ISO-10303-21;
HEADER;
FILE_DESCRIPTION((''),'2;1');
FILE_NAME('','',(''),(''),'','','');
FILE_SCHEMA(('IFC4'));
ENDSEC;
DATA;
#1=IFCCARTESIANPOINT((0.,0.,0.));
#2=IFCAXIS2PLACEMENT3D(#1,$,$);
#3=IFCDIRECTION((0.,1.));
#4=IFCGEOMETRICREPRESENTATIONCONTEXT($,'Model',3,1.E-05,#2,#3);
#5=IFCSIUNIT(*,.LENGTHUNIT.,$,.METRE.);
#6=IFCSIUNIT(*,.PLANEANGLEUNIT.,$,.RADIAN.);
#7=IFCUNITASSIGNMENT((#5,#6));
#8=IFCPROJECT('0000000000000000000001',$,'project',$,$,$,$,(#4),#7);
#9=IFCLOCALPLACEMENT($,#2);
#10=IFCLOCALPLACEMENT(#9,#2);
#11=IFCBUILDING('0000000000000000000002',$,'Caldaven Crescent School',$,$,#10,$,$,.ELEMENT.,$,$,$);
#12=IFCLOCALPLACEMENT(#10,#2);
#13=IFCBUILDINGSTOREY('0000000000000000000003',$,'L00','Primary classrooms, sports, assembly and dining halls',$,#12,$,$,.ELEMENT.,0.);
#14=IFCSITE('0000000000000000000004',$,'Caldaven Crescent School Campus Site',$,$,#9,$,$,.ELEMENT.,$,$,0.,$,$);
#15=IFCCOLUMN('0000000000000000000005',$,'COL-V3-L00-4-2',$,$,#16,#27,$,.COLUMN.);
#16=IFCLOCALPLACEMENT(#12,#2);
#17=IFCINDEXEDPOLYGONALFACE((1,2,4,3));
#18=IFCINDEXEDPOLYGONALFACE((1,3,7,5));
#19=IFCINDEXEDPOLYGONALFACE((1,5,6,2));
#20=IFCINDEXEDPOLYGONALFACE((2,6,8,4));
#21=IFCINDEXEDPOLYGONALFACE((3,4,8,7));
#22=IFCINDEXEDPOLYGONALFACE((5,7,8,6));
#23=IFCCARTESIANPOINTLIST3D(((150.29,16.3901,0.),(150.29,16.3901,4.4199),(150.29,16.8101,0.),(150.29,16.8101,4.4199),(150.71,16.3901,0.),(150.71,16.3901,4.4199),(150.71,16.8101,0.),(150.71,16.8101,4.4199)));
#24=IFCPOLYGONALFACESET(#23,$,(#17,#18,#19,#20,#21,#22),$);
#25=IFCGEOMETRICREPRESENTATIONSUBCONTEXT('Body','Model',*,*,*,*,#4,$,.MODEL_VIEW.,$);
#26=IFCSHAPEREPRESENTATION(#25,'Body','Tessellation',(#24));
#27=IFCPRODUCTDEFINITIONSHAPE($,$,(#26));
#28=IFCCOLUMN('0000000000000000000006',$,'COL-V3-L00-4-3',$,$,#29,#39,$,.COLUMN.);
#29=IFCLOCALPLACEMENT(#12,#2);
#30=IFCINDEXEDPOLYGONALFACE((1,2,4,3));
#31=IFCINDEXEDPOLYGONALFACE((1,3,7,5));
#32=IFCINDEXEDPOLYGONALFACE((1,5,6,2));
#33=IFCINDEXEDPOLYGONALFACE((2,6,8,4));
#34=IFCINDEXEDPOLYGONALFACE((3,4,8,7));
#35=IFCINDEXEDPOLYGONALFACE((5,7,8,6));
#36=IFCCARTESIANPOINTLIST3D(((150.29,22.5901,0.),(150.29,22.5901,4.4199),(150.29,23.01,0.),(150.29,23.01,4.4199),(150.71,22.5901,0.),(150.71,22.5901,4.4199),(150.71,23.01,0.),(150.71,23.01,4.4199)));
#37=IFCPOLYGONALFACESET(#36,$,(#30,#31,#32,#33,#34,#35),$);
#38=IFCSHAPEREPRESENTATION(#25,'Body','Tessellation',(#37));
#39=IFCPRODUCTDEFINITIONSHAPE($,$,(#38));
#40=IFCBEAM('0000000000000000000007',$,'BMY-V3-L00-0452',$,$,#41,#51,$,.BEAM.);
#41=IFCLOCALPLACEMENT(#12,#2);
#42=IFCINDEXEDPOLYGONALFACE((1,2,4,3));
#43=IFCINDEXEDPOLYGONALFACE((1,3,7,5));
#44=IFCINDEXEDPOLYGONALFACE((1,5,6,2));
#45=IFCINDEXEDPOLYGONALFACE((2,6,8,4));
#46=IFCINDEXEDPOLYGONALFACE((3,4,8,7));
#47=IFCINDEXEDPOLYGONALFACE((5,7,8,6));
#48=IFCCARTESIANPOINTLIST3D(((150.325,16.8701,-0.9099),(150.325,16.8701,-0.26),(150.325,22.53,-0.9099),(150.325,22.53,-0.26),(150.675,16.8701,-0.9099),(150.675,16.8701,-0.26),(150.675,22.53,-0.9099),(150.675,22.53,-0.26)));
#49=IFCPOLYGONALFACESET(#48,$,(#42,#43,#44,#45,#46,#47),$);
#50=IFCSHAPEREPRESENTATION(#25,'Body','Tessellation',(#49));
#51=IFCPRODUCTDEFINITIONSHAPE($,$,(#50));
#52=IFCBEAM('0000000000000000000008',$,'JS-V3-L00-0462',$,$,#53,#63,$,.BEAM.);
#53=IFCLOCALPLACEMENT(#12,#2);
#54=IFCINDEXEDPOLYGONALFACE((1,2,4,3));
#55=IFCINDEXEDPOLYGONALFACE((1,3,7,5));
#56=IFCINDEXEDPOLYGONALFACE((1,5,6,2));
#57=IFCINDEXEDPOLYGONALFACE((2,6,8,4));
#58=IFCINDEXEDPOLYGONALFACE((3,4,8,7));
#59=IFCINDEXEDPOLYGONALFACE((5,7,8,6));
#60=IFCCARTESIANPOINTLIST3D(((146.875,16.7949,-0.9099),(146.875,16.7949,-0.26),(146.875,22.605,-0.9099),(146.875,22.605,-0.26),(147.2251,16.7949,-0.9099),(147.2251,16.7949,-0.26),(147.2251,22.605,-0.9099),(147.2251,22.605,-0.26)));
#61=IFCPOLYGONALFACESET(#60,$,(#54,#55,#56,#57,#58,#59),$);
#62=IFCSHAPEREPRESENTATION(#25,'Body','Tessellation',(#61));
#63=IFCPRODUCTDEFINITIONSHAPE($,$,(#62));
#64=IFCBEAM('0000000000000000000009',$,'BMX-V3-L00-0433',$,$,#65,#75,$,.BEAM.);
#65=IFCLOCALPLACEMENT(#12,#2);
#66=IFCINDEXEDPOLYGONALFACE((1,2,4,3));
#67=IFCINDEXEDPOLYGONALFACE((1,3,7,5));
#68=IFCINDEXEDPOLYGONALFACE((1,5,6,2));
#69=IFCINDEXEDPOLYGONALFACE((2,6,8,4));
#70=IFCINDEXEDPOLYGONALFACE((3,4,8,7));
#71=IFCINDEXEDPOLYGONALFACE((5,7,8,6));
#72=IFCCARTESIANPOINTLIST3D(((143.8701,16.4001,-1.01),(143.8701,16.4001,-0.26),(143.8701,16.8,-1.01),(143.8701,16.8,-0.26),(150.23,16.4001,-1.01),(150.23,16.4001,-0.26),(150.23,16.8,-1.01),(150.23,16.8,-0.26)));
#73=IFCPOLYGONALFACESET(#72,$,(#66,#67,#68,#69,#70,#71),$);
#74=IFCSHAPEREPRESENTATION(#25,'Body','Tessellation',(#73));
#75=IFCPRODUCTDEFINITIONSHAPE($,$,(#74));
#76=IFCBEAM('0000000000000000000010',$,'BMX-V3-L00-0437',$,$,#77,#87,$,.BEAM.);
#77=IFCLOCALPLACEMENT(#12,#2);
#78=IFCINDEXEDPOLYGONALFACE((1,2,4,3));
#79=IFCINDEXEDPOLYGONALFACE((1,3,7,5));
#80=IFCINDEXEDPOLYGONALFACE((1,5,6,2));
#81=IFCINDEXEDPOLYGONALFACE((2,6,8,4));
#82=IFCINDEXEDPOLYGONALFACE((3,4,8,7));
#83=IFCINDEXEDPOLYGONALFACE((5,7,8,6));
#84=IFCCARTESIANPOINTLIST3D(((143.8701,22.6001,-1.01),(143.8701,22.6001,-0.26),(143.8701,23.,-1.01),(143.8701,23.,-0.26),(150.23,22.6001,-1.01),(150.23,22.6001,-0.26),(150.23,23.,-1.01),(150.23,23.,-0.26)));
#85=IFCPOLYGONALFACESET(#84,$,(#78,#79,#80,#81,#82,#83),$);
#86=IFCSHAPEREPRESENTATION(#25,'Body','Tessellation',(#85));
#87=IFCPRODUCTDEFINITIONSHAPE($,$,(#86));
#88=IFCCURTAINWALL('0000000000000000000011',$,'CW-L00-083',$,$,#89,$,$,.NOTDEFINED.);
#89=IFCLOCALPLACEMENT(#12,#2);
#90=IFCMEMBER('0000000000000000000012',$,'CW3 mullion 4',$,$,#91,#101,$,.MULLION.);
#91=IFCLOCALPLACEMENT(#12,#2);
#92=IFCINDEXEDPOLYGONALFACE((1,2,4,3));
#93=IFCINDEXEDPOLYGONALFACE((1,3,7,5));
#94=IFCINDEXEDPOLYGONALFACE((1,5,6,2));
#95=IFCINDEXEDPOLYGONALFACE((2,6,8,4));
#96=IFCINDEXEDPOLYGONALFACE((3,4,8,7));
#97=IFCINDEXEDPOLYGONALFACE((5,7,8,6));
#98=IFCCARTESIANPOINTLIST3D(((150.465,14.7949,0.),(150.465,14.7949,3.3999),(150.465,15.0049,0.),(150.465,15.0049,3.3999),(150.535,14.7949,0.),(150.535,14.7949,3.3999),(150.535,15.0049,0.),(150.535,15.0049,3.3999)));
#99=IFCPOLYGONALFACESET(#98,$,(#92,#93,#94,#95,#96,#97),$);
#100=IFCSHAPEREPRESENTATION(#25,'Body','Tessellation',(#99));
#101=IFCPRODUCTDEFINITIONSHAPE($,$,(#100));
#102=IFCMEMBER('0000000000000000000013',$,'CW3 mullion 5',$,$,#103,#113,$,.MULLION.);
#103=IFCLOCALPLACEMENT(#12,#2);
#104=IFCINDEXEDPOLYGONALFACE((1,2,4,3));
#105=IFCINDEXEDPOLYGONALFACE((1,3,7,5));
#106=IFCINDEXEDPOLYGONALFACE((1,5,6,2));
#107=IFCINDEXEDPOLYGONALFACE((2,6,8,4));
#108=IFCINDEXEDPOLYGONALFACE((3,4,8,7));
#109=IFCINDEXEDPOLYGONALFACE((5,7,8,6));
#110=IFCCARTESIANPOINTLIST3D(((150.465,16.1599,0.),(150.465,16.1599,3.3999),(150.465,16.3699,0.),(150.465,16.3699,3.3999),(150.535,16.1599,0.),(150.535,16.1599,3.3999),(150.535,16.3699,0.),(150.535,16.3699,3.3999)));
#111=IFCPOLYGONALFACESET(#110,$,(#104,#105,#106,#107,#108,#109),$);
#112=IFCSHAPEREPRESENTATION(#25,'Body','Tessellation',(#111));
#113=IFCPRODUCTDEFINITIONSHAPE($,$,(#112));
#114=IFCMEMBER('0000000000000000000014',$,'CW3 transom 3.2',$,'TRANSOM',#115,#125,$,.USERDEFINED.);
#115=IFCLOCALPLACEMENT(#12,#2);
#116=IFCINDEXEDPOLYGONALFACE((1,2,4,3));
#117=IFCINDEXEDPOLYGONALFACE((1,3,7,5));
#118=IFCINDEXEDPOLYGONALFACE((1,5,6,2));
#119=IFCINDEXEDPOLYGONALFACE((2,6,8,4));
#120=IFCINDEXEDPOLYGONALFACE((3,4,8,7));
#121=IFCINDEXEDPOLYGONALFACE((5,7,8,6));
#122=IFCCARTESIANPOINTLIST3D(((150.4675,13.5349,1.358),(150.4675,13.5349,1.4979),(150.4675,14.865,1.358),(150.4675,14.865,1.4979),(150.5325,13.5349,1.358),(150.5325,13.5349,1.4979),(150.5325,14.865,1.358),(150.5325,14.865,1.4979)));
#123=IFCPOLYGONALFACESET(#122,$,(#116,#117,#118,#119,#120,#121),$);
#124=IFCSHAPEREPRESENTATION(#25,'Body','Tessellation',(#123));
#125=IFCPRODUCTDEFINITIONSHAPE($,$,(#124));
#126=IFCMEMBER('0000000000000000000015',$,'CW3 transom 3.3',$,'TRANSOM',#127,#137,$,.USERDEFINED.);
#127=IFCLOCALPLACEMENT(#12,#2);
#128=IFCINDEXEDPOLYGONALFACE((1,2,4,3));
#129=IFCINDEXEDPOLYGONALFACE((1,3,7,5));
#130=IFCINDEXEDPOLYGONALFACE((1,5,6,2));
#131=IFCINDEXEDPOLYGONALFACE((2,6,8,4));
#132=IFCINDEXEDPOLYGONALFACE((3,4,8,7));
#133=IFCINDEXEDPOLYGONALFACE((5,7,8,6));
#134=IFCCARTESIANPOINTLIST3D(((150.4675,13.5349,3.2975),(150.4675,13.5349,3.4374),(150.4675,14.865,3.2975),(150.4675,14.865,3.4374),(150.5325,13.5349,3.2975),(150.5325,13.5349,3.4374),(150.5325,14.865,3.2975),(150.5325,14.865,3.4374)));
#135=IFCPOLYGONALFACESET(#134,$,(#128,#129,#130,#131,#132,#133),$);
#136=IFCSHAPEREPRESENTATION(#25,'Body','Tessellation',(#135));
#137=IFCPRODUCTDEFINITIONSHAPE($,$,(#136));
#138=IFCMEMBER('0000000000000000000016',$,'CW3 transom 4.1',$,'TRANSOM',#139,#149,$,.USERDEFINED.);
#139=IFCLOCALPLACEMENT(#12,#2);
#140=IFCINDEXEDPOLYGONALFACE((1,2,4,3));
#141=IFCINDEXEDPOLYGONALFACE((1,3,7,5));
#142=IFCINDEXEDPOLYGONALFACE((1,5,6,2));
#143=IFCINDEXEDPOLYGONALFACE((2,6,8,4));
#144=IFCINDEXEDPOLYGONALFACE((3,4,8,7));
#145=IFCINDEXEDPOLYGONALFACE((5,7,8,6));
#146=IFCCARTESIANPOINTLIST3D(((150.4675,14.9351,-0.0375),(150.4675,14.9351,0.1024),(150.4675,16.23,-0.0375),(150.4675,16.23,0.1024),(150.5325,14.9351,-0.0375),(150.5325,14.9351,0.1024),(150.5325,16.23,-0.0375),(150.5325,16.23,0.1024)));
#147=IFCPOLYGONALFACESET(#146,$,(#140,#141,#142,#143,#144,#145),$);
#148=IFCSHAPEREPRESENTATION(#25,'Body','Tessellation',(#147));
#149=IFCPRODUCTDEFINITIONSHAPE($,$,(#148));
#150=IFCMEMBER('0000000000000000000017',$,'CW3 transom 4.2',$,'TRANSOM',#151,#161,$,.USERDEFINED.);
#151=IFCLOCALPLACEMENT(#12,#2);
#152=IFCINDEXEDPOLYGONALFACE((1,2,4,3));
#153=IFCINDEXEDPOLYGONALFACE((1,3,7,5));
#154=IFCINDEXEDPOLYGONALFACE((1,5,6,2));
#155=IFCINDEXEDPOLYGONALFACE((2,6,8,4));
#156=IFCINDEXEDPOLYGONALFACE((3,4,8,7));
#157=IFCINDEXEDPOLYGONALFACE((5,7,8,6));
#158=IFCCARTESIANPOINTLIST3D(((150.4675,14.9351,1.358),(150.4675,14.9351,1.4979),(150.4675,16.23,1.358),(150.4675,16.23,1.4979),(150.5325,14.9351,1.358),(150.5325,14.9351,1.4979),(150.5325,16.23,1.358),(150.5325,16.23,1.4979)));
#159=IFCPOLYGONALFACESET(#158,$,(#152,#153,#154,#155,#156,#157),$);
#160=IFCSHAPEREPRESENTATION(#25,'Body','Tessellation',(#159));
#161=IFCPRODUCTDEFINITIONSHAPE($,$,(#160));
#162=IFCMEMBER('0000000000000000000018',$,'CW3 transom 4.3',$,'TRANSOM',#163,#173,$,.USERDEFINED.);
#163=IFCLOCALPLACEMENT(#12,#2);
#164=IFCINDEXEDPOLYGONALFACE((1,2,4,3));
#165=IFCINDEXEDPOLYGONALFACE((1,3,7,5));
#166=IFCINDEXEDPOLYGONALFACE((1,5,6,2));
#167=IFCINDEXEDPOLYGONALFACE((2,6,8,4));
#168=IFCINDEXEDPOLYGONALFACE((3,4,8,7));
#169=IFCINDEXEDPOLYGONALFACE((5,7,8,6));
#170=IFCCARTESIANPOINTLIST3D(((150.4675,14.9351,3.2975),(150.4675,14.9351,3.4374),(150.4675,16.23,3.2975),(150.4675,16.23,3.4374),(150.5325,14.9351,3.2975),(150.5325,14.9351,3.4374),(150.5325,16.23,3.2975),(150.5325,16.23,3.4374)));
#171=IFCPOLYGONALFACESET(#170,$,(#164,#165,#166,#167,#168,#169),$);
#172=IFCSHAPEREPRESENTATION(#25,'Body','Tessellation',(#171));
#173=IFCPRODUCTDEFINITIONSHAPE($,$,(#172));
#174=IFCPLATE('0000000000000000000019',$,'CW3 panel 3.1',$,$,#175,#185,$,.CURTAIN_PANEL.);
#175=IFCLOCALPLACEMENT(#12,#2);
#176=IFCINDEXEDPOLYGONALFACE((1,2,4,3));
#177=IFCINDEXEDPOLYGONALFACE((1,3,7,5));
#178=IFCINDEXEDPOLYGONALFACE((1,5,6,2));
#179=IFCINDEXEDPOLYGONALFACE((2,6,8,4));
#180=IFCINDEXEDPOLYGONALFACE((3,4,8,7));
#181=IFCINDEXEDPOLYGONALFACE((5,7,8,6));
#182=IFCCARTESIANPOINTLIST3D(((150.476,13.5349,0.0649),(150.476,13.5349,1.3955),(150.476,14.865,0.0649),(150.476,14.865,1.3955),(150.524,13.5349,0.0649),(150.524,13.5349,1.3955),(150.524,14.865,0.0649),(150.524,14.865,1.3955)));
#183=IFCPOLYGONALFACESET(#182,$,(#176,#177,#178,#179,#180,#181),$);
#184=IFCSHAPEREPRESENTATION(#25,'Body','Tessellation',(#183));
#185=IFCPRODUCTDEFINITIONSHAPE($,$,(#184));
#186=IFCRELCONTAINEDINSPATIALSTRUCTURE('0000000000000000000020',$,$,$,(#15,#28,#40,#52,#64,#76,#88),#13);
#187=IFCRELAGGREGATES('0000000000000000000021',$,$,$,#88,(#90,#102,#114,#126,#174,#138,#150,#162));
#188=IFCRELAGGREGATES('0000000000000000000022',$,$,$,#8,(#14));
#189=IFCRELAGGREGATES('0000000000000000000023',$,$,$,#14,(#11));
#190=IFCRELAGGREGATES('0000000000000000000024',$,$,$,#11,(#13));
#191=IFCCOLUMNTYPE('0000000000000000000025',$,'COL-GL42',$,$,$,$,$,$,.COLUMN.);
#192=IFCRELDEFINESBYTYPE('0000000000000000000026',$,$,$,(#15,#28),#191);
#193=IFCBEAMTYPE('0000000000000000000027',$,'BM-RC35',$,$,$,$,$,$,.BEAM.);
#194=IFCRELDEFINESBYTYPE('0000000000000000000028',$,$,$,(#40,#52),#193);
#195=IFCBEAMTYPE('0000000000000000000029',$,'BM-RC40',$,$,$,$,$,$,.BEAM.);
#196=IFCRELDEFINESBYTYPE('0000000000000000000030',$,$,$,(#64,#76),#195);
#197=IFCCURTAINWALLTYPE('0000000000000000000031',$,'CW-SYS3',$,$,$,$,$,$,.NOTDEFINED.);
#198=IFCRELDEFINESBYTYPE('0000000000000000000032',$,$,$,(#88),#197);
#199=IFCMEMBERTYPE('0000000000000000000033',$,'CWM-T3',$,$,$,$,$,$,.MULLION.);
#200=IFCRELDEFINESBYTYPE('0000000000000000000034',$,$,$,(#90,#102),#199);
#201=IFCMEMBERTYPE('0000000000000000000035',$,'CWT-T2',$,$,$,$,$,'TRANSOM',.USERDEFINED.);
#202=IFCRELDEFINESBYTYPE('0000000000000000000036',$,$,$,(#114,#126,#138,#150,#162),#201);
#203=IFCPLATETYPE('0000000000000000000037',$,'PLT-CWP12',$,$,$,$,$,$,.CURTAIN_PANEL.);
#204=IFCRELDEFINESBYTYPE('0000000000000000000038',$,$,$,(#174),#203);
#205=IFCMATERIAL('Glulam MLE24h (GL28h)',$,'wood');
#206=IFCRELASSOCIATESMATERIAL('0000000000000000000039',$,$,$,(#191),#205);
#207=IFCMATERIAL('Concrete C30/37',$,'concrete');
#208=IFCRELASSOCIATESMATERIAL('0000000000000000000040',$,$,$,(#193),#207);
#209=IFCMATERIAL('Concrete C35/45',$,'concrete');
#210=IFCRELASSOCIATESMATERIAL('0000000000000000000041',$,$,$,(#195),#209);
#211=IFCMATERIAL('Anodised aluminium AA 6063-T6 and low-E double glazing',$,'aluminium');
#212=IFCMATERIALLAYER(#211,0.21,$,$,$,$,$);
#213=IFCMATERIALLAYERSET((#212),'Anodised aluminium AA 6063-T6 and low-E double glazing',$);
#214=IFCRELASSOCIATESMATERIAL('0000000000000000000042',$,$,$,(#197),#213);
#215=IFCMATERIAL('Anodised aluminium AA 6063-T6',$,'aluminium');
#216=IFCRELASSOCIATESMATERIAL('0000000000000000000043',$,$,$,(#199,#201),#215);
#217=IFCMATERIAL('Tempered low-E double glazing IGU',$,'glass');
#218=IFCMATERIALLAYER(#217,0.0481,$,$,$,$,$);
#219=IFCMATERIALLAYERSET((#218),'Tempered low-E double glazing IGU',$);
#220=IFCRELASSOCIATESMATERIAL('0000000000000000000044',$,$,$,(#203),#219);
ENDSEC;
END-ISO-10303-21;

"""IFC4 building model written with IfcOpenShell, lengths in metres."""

from ifc_helpers import new_model, si_unit, direction, frame, origin, origin_2d, place, context, subcontext, project, spatial, rectangle, extrude, material, layer, layer_set, material_profile, profile_set, type_object, element, aggregate, save


model = new_model("IFC4")

# Units and contexts
model_context = context("Model", 3, precision=1e-05, world=origin(), true_north=direction((0.0, 1.0)))
body_context = subcontext(model_context, "Body", "Model", "MODEL_VIEW")
ifc_project = project(units=[si_unit("LENGTHUNIT", "METRE"), si_unit("PLANEANGLEUNIT", "RADIAN")], contexts=[model_context])

# Site, building, storey
site_placement = place(None, origin())
site = spatial("IfcSite", under=ifc_project, at=site_placement, Name="Caldaven Crescent School Campus Site", CompositionType="ELEMENT", RefElevation=0.0)
building_placement = place(site_placement, origin())
building = spatial("IfcBuilding", under=site, at=building_placement, Name="Caldaven Crescent School", CompositionType="ELEMENT")
storey_placement = place(building_placement, origin())
storey = spatial("IfcBuildingStorey", under=building, at=storey_placement, Name="L00", Description="Primary classrooms, sports, assembly and dining halls", CompositionType="ELEMENT", Elevation=0.0)

# Columns
ifc_material_1 = material(Name="Glulam MLE24h (GL28h)", Category="wood")
ifc_material_profile_1 = material_profile(ifc_material_1, rectangle(XDim=0.4199, YDim=0.4199, at=origin_2d()), Name="MLE 420x420")
ifc_profile_set_1 = profile_set([ifc_material_profile_1], Name="Glulam MLE24h (GL28h)")
column_type = type_object("IfcColumnType", Name="COL-GL42", PredefinedType="COLUMN", material=ifc_profile_set_1)
for number, where, z_axis, x_axis, name in (
    (1, (150.5, 16.6001, 0.0), (0.0, 0.0, 1.0), (1.0, 0.0, 0.0), "COL-V3-L00-4-2"),
    (2, (150.5, 22.8, 0.0), (0.0, 0.0, 1.0), (1.0, 0.0, 0.0), "COL-V3-L00-4-3"),
):
    element("IfcColumn", number, at=place(storey_placement, frame(where, z_axis=z_axis, x_axis=x_axis)), inside=storey, type_object=column_type, Name=name, PredefinedType="COLUMN", context=body_context, shape_type="SweptSolid", body=[
        extrude(rectangle(XDim=0.4199, YDim=0.4199, at=origin_2d()), origin(), (0.0, 0.0, 1.0), 4.4199),
    ])

# Beams
ifc_material_2 = material(Name="Concrete C30/37", Category="concrete")
ifc_material_profile_2 = material_profile(ifc_material_2, rectangle(XDim=0.3501, YDim=0.6499, at=origin_2d()), Name="RC 350x650")
ifc_profile_set_2 = profile_set([ifc_material_profile_2], Name="Concrete C30/37")
beam_type_1 = type_object("IfcBeamType", Name="BM-RC35", PredefinedType="BEAM", material=ifc_profile_set_2)
beam_1_placement = place(storey_placement, frame((150.5, 16.8701, -0.585), z_axis=(0.0, 1.0, 0.0), x_axis=(-1.0, 0.0, 0.0)))
element("IfcBeam", 3, at=beam_1_placement, inside=storey, type_object=beam_type_1, Name="BMY-V3-L00-0452", PredefinedType="BEAM", context=body_context, shape_type="SweptSolid", body=[
    extrude(rectangle(XDim=0.3501, YDim=0.6499, at=origin_2d()), origin(), (0.0, 0.0, 1.0), 5.6599),
])
beam_2_placement = place(storey_placement, frame((147.05, 16.7949, -0.585), z_axis=(0.0, 1.0, 0.0), x_axis=(-1.0, 0.0, 0.0)))
element("IfcBeam", 4, at=beam_2_placement, inside=storey, type_object=beam_type_1, Name="JS-V3-L00-0462", PredefinedType="BEAM", context=body_context, shape_type="SweptSolid", body=[
    extrude(rectangle(XDim=0.3501, YDim=0.6499, at=origin_2d()), origin(), (0.0, 0.0, 1.0), 5.8101),
])
ifc_material_3 = material(Name="Concrete C35/45", Category="concrete")
ifc_material_profile_3 = material_profile(ifc_material_3, rectangle(XDim=0.3999, YDim=0.75, at=origin_2d()), Name="RC 400x750")
ifc_profile_set_3 = profile_set([ifc_material_profile_3], Name="Concrete C35/45")
beam_type_2 = type_object("IfcBeamType", Name="BM-RC40", PredefinedType="BEAM", material=ifc_profile_set_3)
for number, where, z_axis, x_axis, name in (
    (5, (143.8701, 16.6001, -0.635), (1.0, 0.0, 0.0), (0.0, 1.0, 0.0), "BMX-V3-L00-0433"),
    (6, (143.8701, 22.8, -0.635), (1.0, 0.0, 0.0), (0.0, 1.0, 0.0), "BMX-V3-L00-0437"),
):
    element("IfcBeam", number, at=place(storey_placement, frame(where, z_axis=z_axis, x_axis=x_axis)), inside=storey, type_object=beam_type_2, Name=name, PredefinedType="BEAM", context=body_context, shape_type="SweptSolid", body=[
        extrude(rectangle(XDim=0.3999, YDim=0.75, at=origin_2d()), origin(), (0.0, 0.0, 1.0), 6.3599),
    ])

# Curtain wall, members, plate
ifc_material_4 = material(Name="Anodised aluminium AA 6063-T6 and low-E double glazing", Category="aluminium")
ifc_layer_1 = layer(ifc_material_4, 0.21)
ifc_layer_set_1 = layer_set([ifc_layer_1], Name="Anodised aluminium AA 6063-T6 and low-E double glazing")
curtain_wall_type = type_object("IfcCurtainWallType", Name="CW-SYS3", PredefinedType="NOTDEFINED", material=ifc_layer_set_1)
curtain_wall_placement = place(storey_placement, origin())
curtain_wall = element("IfcCurtainWall", 7, at=curtain_wall_placement, inside=storey, type_object=curtain_wall_type, Name="CW-L00-083", PredefinedType="NOTDEFINED")
ifc_material_5 = material(Name="Anodised aluminium AA 6063-T6", Category="aluminium")
ifc_material_profile_4 = material_profile(ifc_material_5, rectangle(XDim=0.0701, YDim=0.21, at=origin_2d()), Name="CWM 70x210")
ifc_profile_set_4 = profile_set([ifc_material_profile_4], Name="Anodised aluminium AA 6063-T6")
member_type_1 = type_object("IfcMemberType", Name="CWM-T3", PredefinedType="MULLION", material=ifc_profile_set_4)
member_1_placement = place(storey_placement, frame((150.5, 14.8999, 0.0), z_axis=(0.0, 0.0, 1.0), x_axis=(-1.0, 0.0, 0.0)))
member_1 = element("IfcMember", 8, at=member_1_placement, type_object=member_type_1, Name="CW3 mullion 4", PredefinedType="MULLION", context=body_context, shape_type="SweptSolid", body=[
    extrude(rectangle(XDim=0.0701, YDim=0.21, at=origin_2d()), origin(), (0.0, 0.0, 1.0), 3.3999),
])
member_2_placement = place(storey_placement, frame((150.5, 16.2649, 0.0), z_axis=(0.0, 0.0, 1.0), x_axis=(-1.0, 0.0, 0.0)))
member_2 = element("IfcMember", 9, at=member_2_placement, type_object=member_type_1, Name="CW3 mullion 5", PredefinedType="MULLION", context=body_context, shape_type="SweptSolid", body=[
    extrude(rectangle(XDim=0.0701, YDim=0.21, at=origin_2d()), origin(), (0.0, 0.0, 1.0), 3.3999),
])
ifc_material_profile_5 = material_profile(ifc_material_5, rectangle(XDim=0.0649, YDim=0.1399, at=origin_2d()), Name="CWT 65x140")
ifc_profile_set_5 = profile_set([ifc_material_profile_5], Name="Anodised aluminium AA 6063-T6")
member_type_2 = type_object("IfcMemberType", Name="CWT-T2", ElementType="TRANSOM", PredefinedType="USERDEFINED", material=ifc_profile_set_5)
member_3_placement = place(storey_placement, frame((150.5, 13.5349, 1.428), z_axis=(0.0, 1.0, 0.0), x_axis=(-1.0, 0.0, 0.0)))
member_3 = element("IfcMember", 10, at=member_3_placement, type_object=member_type_2, Name="CW3 transom 3.2", ObjectType="TRANSOM", PredefinedType="USERDEFINED", context=body_context, shape_type="SweptSolid", body=[
    extrude(rectangle(XDim=0.0649, YDim=0.1399, at=origin_2d()), origin(), (0.0, 0.0, 1.0), 1.3301),
])
member_4_placement = place(storey_placement, frame((150.5, 13.5349, 3.3674), z_axis=(0.0, 1.0, 0.0), x_axis=(-1.0, 0.0, 0.0)))
member_4 = element("IfcMember", 11, at=member_4_placement, type_object=member_type_2, Name="CW3 transom 3.3", ObjectType="TRANSOM", PredefinedType="USERDEFINED", context=body_context, shape_type="SweptSolid", body=[
    extrude(rectangle(XDim=0.0649, YDim=0.1399, at=origin_2d()), origin(), (0.0, 0.0, 1.0), 1.3301),
])
member_5_placement = place(storey_placement, frame((150.5, 14.9351, 0.0325), z_axis=(0.0, 1.0, 0.0), x_axis=(-1.0, 0.0, 0.0)))
member_5 = element("IfcMember", 12, at=member_5_placement, type_object=member_type_2, Name="CW3 transom 4.1", ObjectType="TRANSOM", PredefinedType="USERDEFINED", context=body_context, shape_type="SweptSolid", body=[
    extrude(rectangle(XDim=0.0649, YDim=0.1399, at=origin_2d()), origin(), (0.0, 0.0, 1.0), 1.2949),
])
member_6_placement = place(storey_placement, frame((150.5, 14.9351, 1.428), z_axis=(0.0, 1.0, 0.0), x_axis=(-1.0, 0.0, 0.0)))
member_6 = element("IfcMember", 13, at=member_6_placement, type_object=member_type_2, Name="CW3 transom 4.2", ObjectType="TRANSOM", PredefinedType="USERDEFINED", context=body_context, shape_type="SweptSolid", body=[
    extrude(rectangle(XDim=0.0649, YDim=0.1399, at=origin_2d()), origin(), (0.0, 0.0, 1.0), 1.2949),
])
member_7_placement = place(storey_placement, frame((150.5, 14.9351, 3.3674), z_axis=(0.0, 1.0, 0.0), x_axis=(-1.0, 0.0, 0.0)))
member_7 = element("IfcMember", 14, at=member_7_placement, type_object=member_type_2, Name="CW3 transom 4.3", ObjectType="TRANSOM", PredefinedType="USERDEFINED", context=body_context, shape_type="SweptSolid", body=[
    extrude(rectangle(XDim=0.0649, YDim=0.1399, at=origin_2d()), origin(), (0.0, 0.0, 1.0), 1.2949),
])
ifc_material_6 = material(Name="Tempered low-E double glazing IGU", Category="glass")
ifc_layer_2 = layer(ifc_material_6, 0.0481)
ifc_layer_set_2 = layer_set([ifc_layer_2], Name="Tempered low-E double glazing IGU")
plate_type = type_object("IfcPlateType", Name="PLT-CWP12", PredefinedType="CURTAIN_PANEL", material=ifc_layer_set_2)
plate_1_placement = place(storey_placement, frame((150.5, 14.2, 0.0649), z_axis=(0.0, 0.0, 1.0), x_axis=(0.0, 1.0, 0.0)))
plate_1 = element("IfcPlate", 15, at=plate_1_placement, type_object=plate_type, Name="CW3 panel 3.1", PredefinedType="CURTAIN_PANEL", context=body_context, shape_type="SweptSolid", body=[
    extrude(rectangle(XDim=1.3301, YDim=0.0481, at=origin_2d()), origin(), (0.0, 0.0, 1.0), 1.3306),
])
aggregate(curtain_wall, [member_1, member_2, member_3, member_4, plate_1, member_5, member_6, member_7])

save(model, "model.ifc")
